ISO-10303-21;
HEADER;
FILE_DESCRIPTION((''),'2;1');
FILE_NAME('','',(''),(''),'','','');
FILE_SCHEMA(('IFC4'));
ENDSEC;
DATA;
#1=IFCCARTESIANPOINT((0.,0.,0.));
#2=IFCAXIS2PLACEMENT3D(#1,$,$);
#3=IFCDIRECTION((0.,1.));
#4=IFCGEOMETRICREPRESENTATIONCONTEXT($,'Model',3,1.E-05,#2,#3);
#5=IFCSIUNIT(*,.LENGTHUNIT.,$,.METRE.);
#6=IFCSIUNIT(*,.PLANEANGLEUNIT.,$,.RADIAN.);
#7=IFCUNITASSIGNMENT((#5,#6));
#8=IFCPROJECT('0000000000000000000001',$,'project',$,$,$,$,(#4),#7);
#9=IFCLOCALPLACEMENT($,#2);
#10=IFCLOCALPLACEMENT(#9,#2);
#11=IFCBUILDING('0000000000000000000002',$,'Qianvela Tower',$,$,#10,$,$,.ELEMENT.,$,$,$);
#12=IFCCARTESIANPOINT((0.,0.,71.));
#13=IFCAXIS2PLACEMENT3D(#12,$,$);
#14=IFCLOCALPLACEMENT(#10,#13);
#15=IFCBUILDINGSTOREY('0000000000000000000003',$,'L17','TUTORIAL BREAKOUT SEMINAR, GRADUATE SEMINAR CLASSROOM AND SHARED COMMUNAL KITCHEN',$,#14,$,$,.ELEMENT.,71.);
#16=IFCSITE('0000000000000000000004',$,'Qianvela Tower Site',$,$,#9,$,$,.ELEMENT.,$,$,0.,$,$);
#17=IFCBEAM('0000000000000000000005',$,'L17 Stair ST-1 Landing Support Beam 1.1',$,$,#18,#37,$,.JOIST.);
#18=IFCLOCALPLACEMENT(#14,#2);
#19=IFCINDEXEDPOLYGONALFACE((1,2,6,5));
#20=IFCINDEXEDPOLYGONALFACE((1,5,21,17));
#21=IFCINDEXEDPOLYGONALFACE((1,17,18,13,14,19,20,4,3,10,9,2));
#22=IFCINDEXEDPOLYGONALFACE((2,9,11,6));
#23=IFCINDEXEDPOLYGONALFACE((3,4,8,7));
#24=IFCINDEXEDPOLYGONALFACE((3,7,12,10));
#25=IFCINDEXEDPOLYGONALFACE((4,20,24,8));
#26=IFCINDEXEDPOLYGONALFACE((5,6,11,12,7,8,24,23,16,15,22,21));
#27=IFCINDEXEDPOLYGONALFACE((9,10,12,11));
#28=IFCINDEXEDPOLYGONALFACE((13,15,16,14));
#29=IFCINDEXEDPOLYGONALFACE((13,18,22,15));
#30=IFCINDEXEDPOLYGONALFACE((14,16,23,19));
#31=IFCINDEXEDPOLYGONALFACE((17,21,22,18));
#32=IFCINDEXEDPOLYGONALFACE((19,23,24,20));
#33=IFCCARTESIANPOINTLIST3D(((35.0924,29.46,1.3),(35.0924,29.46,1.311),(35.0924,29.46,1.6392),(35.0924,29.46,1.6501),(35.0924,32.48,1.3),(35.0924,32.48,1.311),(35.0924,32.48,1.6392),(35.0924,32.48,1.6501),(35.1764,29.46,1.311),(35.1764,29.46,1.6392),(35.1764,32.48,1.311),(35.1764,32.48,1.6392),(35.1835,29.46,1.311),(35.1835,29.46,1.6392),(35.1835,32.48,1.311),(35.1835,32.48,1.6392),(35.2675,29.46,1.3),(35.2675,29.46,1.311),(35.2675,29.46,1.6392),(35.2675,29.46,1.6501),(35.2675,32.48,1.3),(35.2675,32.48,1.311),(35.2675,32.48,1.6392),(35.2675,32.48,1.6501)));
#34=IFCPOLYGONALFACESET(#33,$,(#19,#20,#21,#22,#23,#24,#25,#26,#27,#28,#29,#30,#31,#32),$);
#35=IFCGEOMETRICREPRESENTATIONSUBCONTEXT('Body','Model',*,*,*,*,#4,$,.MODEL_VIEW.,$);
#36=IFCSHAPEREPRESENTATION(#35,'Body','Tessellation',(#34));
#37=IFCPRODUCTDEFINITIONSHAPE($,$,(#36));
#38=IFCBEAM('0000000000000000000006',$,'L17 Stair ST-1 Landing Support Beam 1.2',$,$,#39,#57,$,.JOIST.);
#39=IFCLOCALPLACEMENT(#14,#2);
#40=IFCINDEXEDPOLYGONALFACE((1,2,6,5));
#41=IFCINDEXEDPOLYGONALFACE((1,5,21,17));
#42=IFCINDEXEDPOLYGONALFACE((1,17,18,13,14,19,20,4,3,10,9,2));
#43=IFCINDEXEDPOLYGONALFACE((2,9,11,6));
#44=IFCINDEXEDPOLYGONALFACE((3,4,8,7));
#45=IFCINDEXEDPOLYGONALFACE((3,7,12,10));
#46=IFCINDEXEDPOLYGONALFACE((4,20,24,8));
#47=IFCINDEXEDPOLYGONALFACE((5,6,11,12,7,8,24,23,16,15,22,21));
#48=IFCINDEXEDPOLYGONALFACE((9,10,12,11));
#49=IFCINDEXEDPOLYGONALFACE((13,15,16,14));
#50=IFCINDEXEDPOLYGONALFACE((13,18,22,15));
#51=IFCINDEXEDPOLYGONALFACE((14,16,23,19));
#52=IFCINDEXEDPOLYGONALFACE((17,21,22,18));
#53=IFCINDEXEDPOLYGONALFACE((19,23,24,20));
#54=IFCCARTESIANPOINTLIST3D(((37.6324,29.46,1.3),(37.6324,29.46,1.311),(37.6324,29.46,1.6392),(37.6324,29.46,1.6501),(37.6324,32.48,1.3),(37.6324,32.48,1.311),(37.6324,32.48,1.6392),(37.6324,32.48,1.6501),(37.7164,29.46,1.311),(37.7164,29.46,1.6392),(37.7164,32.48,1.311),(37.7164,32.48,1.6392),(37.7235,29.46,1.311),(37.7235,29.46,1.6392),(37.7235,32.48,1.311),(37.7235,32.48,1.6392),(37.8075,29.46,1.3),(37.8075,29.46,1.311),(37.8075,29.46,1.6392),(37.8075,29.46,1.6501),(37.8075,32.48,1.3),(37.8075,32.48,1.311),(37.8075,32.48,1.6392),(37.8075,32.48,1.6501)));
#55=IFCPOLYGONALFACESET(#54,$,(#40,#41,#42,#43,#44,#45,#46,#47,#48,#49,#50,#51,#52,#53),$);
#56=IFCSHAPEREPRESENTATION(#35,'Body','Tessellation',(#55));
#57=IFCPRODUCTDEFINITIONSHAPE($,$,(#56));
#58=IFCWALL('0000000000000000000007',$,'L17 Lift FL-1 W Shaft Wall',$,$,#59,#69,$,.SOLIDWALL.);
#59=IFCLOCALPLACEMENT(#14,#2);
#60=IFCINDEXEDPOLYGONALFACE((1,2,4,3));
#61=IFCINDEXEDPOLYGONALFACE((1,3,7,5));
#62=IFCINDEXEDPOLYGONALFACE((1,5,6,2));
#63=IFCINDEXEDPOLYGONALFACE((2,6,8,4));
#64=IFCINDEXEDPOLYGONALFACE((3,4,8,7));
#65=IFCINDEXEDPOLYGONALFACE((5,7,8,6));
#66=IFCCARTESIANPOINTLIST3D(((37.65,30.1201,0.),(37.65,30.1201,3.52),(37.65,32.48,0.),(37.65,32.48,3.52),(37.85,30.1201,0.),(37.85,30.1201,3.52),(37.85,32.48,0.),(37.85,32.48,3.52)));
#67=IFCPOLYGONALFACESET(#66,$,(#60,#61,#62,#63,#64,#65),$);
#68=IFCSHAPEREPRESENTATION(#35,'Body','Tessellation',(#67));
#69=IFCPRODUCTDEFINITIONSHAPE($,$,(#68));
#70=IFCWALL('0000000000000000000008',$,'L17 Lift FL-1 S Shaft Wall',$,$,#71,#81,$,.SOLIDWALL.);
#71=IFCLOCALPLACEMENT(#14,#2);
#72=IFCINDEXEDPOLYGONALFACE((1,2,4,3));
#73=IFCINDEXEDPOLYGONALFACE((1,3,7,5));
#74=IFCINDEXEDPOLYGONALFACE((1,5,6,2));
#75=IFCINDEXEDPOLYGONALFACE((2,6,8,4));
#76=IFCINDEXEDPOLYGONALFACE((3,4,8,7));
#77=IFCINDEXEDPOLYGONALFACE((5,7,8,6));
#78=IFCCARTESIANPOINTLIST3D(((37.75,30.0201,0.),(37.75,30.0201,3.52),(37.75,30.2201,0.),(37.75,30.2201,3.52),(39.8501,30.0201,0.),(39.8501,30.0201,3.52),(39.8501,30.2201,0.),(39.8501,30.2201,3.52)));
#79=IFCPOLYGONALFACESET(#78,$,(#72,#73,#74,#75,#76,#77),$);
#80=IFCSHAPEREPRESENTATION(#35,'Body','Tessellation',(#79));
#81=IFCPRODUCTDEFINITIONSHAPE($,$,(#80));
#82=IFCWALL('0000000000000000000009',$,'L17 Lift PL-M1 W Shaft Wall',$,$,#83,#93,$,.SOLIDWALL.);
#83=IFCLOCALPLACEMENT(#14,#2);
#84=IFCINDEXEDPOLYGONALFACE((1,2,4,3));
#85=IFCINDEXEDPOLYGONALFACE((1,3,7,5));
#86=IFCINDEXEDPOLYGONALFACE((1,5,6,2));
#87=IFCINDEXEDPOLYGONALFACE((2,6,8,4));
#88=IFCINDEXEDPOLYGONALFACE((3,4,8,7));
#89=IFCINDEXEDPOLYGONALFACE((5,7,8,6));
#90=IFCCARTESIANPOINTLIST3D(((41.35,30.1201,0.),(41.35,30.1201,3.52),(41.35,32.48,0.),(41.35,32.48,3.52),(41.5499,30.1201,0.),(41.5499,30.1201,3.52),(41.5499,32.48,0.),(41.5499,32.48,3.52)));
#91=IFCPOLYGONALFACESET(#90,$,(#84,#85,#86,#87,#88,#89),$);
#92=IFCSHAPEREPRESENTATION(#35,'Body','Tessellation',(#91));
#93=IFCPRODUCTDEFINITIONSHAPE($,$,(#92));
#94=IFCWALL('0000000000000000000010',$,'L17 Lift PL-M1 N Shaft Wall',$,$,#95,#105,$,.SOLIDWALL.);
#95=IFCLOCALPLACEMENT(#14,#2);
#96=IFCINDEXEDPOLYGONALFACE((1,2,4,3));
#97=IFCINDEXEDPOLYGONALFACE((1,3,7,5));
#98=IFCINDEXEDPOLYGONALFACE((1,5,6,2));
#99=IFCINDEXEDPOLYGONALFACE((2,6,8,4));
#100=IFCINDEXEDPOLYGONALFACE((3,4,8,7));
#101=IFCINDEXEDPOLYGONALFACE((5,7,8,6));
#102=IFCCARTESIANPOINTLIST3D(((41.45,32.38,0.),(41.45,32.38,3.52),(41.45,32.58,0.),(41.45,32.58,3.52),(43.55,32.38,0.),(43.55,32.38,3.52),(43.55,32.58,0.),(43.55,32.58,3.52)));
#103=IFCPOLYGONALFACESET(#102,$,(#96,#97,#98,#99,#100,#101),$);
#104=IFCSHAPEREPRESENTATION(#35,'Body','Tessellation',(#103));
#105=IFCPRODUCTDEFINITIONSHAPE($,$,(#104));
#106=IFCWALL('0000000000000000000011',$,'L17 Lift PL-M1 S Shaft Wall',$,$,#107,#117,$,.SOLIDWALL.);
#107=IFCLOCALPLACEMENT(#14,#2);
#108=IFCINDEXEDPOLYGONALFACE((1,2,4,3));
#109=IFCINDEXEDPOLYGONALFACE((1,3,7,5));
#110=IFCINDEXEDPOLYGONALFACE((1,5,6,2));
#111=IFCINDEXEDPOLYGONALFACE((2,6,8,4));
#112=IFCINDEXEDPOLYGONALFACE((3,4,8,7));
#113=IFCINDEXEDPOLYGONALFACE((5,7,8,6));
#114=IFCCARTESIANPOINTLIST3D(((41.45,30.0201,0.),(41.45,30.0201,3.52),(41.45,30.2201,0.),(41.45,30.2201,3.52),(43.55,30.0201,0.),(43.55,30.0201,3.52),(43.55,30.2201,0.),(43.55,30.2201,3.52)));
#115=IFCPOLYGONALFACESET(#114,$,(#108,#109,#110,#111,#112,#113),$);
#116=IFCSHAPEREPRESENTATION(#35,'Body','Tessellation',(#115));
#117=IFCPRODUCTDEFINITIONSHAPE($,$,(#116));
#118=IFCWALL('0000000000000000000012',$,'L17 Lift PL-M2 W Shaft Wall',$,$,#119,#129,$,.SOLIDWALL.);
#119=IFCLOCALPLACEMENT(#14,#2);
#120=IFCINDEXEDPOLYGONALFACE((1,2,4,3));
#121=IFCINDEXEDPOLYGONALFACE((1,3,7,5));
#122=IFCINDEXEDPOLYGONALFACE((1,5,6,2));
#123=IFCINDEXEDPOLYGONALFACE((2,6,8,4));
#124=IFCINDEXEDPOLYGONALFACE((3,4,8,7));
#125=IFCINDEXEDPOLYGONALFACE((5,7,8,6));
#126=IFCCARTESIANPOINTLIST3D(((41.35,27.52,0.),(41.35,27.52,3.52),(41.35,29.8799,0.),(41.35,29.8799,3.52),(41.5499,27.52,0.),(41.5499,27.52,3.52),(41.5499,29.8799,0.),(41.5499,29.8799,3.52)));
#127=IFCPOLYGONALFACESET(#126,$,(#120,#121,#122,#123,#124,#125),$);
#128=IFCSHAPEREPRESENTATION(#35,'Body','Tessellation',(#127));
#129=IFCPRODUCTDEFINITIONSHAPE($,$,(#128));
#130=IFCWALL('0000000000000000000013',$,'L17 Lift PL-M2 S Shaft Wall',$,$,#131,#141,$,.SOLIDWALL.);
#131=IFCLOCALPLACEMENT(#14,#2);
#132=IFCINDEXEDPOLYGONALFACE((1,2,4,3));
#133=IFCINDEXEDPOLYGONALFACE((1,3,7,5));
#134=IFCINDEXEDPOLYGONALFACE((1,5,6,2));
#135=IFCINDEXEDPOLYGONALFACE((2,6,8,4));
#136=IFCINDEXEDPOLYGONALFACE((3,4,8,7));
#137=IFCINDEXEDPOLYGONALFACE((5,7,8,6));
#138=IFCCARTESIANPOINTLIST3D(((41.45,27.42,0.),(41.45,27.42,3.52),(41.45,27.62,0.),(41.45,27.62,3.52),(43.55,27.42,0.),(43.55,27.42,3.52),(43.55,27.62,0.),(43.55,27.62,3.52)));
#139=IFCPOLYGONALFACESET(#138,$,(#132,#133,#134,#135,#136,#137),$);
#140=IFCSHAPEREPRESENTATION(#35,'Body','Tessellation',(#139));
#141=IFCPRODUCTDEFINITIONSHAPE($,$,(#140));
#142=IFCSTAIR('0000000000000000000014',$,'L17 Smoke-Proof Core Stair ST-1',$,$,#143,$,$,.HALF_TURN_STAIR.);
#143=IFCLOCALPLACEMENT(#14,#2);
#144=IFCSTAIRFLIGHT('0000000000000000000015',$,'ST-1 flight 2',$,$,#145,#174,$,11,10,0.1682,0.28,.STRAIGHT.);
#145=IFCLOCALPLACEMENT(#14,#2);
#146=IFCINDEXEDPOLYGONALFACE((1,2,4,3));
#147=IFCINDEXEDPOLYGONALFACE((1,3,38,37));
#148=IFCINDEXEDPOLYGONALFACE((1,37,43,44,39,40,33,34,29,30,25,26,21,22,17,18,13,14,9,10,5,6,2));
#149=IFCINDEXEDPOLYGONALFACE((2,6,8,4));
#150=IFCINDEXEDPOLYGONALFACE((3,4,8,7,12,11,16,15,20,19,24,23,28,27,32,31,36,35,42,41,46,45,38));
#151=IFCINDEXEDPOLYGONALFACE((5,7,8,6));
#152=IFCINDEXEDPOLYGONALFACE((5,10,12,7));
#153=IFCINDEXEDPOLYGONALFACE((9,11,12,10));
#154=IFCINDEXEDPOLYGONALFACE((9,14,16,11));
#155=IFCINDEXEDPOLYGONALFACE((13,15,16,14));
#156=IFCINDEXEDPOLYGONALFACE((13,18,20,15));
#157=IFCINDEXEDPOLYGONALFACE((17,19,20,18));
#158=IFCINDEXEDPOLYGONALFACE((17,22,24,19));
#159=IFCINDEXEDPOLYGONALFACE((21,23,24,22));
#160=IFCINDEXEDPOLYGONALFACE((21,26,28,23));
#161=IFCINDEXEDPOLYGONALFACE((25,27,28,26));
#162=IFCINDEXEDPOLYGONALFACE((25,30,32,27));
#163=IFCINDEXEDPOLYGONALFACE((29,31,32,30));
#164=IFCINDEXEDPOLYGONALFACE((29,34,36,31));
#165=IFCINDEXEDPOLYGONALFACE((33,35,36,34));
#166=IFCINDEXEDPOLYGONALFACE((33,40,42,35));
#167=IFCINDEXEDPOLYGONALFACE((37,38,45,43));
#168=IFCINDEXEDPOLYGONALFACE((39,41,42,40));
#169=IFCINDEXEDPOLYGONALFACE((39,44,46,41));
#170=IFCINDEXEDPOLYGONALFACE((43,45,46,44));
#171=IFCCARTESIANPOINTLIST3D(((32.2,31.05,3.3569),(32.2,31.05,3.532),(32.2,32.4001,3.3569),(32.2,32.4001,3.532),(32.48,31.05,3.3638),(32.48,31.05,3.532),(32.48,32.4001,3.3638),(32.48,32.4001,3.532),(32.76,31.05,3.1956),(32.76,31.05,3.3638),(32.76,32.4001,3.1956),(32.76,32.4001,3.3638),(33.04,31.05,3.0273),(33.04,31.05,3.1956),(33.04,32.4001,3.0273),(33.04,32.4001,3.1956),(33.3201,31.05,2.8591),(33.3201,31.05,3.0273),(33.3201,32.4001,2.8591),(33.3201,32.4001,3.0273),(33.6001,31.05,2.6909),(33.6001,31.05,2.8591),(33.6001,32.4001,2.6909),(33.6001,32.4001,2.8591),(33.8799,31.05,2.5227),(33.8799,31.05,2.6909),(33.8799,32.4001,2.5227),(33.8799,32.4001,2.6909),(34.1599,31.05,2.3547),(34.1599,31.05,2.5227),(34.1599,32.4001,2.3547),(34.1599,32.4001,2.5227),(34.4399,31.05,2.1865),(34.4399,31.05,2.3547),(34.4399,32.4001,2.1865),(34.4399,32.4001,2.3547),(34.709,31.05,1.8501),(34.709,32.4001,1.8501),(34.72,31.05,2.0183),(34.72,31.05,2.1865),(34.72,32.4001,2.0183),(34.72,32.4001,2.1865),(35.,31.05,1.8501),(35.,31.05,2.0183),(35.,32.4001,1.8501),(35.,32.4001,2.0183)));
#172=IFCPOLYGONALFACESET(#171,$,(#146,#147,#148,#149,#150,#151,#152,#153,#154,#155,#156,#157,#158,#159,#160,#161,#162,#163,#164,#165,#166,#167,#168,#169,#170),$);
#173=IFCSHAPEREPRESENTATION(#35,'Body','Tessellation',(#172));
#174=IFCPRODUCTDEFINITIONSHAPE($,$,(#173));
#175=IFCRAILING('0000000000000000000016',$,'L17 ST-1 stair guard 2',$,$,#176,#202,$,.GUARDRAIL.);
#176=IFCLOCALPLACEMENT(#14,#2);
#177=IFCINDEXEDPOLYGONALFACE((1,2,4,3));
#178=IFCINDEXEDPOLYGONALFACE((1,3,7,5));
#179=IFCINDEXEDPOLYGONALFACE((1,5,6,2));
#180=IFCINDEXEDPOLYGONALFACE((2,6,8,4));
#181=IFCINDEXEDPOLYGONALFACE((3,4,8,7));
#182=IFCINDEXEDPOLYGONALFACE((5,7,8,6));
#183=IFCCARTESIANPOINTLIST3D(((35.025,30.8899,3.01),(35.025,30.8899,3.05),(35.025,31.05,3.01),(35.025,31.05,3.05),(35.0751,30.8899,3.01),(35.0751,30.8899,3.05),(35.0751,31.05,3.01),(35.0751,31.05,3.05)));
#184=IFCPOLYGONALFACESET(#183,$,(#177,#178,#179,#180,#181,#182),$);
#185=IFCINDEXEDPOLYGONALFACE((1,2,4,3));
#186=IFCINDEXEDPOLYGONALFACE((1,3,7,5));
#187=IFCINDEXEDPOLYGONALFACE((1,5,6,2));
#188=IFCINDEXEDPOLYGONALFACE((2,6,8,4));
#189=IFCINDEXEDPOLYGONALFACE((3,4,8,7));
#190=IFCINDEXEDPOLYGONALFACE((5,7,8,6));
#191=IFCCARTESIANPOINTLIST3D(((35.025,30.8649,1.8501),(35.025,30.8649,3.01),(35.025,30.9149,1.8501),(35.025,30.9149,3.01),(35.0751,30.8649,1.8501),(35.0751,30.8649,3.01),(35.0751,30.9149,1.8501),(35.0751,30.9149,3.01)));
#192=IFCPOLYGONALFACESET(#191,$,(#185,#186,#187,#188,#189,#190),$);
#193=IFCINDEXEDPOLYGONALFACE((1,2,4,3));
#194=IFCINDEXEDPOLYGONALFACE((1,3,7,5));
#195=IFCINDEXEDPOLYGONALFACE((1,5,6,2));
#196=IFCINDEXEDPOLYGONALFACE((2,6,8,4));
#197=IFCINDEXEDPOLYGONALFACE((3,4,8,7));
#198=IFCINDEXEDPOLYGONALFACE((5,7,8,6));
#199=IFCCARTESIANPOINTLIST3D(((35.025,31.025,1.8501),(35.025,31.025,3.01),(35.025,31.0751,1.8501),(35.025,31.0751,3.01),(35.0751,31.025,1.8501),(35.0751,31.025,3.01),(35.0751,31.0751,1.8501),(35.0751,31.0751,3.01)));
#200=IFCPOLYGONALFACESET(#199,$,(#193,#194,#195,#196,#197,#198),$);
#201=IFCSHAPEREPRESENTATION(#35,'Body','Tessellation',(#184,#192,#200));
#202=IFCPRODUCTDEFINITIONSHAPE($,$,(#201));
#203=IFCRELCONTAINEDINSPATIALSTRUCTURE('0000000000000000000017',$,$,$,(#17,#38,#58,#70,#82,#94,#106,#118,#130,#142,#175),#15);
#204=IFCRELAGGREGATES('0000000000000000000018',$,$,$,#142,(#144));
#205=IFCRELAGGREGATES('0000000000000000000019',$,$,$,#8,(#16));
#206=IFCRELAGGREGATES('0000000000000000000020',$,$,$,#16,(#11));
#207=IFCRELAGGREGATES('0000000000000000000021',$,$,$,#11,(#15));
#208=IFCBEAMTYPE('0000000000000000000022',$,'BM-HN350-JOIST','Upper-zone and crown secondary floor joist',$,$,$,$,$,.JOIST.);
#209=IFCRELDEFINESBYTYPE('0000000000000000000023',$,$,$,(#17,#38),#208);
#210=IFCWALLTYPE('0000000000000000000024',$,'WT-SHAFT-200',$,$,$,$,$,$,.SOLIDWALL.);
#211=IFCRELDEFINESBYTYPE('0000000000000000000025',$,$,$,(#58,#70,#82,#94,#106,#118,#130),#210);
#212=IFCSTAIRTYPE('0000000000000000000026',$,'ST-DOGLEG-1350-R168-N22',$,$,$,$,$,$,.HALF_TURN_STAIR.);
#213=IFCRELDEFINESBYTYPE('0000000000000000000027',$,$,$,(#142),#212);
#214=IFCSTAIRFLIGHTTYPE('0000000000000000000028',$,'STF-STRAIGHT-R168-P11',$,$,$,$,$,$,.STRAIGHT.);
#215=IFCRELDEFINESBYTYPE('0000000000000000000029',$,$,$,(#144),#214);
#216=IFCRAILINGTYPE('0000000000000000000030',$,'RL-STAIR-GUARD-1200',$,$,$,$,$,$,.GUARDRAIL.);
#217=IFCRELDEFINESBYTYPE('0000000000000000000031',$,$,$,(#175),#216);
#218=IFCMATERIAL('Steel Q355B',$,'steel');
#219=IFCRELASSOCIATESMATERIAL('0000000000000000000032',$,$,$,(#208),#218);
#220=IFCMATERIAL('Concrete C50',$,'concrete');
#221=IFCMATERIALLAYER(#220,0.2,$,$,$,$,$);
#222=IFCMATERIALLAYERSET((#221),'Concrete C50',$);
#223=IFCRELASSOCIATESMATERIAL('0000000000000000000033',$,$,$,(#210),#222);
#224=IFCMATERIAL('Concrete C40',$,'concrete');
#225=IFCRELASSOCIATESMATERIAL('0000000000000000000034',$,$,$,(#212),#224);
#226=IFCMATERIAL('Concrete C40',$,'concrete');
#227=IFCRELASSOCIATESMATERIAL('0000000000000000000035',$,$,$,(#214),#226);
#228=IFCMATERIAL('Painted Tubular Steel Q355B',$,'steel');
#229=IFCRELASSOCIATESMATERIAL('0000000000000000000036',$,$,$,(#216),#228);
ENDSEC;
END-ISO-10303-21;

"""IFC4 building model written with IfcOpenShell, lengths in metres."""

from ifc_helpers import new_model, si_unit, direction, frame, frame_2d, origin, origin_2d, place, context, subcontext, project, spatial, polyline, rectangle, i_section, outline, extrude, material, layer, layer_set, material_profile, profile_set, type_object, element, aggregate, save


model = new_model("IFC4")

# Units and contexts
model_context = context("Model", 3, precision=1e-05, world=origin(), true_north=direction((0.0, 1.0)))
body_context = subcontext(model_context, "Body", "Model", "MODEL_VIEW")
ifc_project = project(units=[si_unit("LENGTHUNIT", "METRE"), si_unit("PLANEANGLEUNIT", "RADIAN")], contexts=[model_context])

# Site, building, storey
site_placement = place(None, origin())
site = spatial("IfcSite", under=ifc_project, at=site_placement, Name="Qianvela Tower Site", CompositionType="ELEMENT", RefElevation=0.0)
building_placement = place(site_placement, origin())
building = spatial("IfcBuilding", under=site, at=building_placement, Name="Qianvela Tower", CompositionType="ELEMENT")
storey_placement = place(building_placement, frame((0.0, 0.0, 71.0)))
storey = spatial("IfcBuildingStorey", under=building, at=storey_placement, Name="L17", Description="TUTORIAL BREAKOUT SEMINAR, GRADUATE SEMINAR CLASSROOM AND SHARED COMMUNAL KITCHEN", CompositionType="ELEMENT", Elevation=71.0)

# Beams
ifc_material_1 = material(Name="Steel Q355B", Category="steel")
ifc_material_profile = material_profile(ifc_material_1, i_section(OverallWidth=0.175, OverallDepth=0.3501, WebThickness=0.0071, FlangeThickness=0.011, at=origin_2d()), Name="HN350x175x7x11")
ifc_profile_set = profile_set([ifc_material_profile], Name="Steel Q355B")
beam_type = type_object("IfcBeamType", Name="BM-HN350-JOIST", Description="Upper-zone and crown secondary floor joist", PredefinedType="JOIST", material=ifc_profile_set)
for number, where, z_axis, x_axis, name in (
    (1, (35.1799, 29.46, 1.4751), (0.0, 1.0, 0.0), (-1.0, 0.0, 0.0), "L17 Stair ST-1 Landing Support Beam 1.1"),
    (2, (37.72, 29.46, 1.4751), (0.0, 1.0, 0.0), (-1.0, 0.0, 0.0), "L17 Stair ST-1 Landing Support Beam 1.2"),
):
    element("IfcBeam", number, at=place(storey_placement, frame(where, z_axis=z_axis, x_axis=x_axis)), inside=storey, type_object=beam_type, Name=name, PredefinedType="JOIST", context=body_context, shape_type="SweptSolid", body=[
        extrude(i_section(OverallWidth=0.175, OverallDepth=0.3501, WebThickness=0.0071, FlangeThickness=0.011, at=origin_2d()), origin(), (0.0, 0.0, 1.0), 3.02),
    ])

# Shared definitions
ifc_material_2 = material(Name="Concrete C50", Category="concrete")
ifc_layer = layer(ifc_material_2, 0.2)
ifc_layer_set = layer_set([ifc_layer], Name="Concrete C50")
wall_type = type_object("IfcWallType", Name="WT-SHAFT-200", PredefinedType="SOLIDWALL", material=ifc_layer_set)

# Walls
wall_1_placement = place(storey_placement, frame((37.75, 30.1201, 0.0), z_axis=(0.0, 0.0, 1.0), x_axis=(0.0, 1.0, 0.0)))
element("IfcWall", 3, at=wall_1_placement, inside=storey, type_object=wall_type, Name="L17 Lift FL-1 W Shaft Wall", PredefinedType="SOLIDWALL", context=body_context, shape_type="SweptSolid", body=[
    extrude(rectangle(XDim=2.3599, YDim=0.2, at=frame_2d((1.1799, 0.0))), origin(), (0.0, 0.0, 1.0), 3.52),
])
wall_2_placement = place(storey_placement, frame((37.75, 30.1201, 0.0), z_axis=(0.0, 0.0, 1.0), x_axis=(1.0, 0.0, 0.0)))
element("IfcWall", 4, at=wall_2_placement, inside=storey, type_object=wall_type, Name="L17 Lift FL-1 S Shaft Wall", PredefinedType="SOLIDWALL", context=body_context, shape_type="SweptSolid", body=[
    extrude(rectangle(XDim=2.1001, YDim=0.2, at=frame_2d((1.05, 0.0))), origin(), (0.0, 0.0, 1.0), 3.52),
])
wall_3_placement = place(storey_placement, frame((41.45, 30.1201, 0.0), z_axis=(0.0, 0.0, 1.0), x_axis=(0.0, 1.0, 0.0)))
element("IfcWall", 5, at=wall_3_placement, inside=storey, type_object=wall_type, Name="L17 Lift PL-M1 W Shaft Wall", PredefinedType="SOLIDWALL", context=body_context, shape_type="SweptSolid", body=[
    extrude(rectangle(XDim=2.3599, YDim=0.2, at=frame_2d((1.1799, 0.0))), origin(), (0.0, 0.0, 1.0), 3.52),
])
for number, where, z_axis, x_axis, name in (
    (6, (41.45, 32.48, 0.0), (0.0, 0.0, 1.0), (1.0, 0.0, 0.0), "L17 Lift PL-M1 N Shaft Wall"),
    (7, (41.45, 30.1201, 0.0), (0.0, 0.0, 1.0), (1.0, 0.0, 0.0), "L17 Lift PL-M1 S Shaft Wall"),
):
    element("IfcWall", number, at=place(storey_placement, frame(where, z_axis=z_axis, x_axis=x_axis)), inside=storey, type_object=wall_type, Name=name, PredefinedType="SOLIDWALL", context=body_context, shape_type="SweptSolid", body=[
        extrude(rectangle(XDim=2.1001, YDim=0.2, at=frame_2d((1.05, 0.0))), origin(), (0.0, 0.0, 1.0), 3.52),
    ])
wall_4_placement = place(storey_placement, frame((41.45, 27.52, 0.0), z_axis=(0.0, 0.0, 1.0), x_axis=(0.0, 1.0, 0.0)))
element("IfcWall", 8, at=wall_4_placement, inside=storey, type_object=wall_type, Name="L17 Lift PL-M2 W Shaft Wall", PredefinedType="SOLIDWALL", context=body_context, shape_type="SweptSolid", body=[
    extrude(rectangle(XDim=2.3599, YDim=0.2, at=frame_2d((1.1799, 0.0))), origin(), (0.0, 0.0, 1.0), 3.52),
])
wall_5_placement = place(storey_placement, frame((41.45, 27.52, 0.0), z_axis=(0.0, 0.0, 1.0), x_axis=(1.0, 0.0, 0.0)))
element("IfcWall", 9, at=wall_5_placement, inside=storey, type_object=wall_type, Name="L17 Lift PL-M2 S Shaft Wall", PredefinedType="SOLIDWALL", context=body_context, shape_type="SweptSolid", body=[
    extrude(rectangle(XDim=2.1001, YDim=0.2, at=frame_2d((1.05, 0.0))), origin(), (0.0, 0.0, 1.0), 3.52),
])

# Stair, stair flight
ifc_material_3 = material(Name="Concrete C40", Category="concrete")
stair_type = type_object("IfcStairType", Name="ST-DOGLEG-1350-R168-N22", PredefinedType="HALF_TURN_STAIR", material=ifc_material_3)
stair_placement = place(storey_placement, origin())
stair = element("IfcStair", 10, at=stair_placement, inside=storey, type_object=stair_type, Name="L17 Smoke-Proof Core Stair ST-1", PredefinedType="HALF_TURN_STAIR")
ifc_material_4 = material(Name="Concrete C40", Category="concrete")
stair_flight_type = type_object("IfcStairFlightType", Name="STF-STRAIGHT-R168-P11", PredefinedType="STRAIGHT", material=ifc_material_4)
stair_flight_placement = place(storey_placement, frame((35.0, 31.7251, 1.8501), z_axis=(0.0, 0.0, 1.0), x_axis=(-1.0, 0.0, 0.0)))
stair_flight = element("IfcStairFlight", 11, at=stair_flight_placement, type_object=stair_flight_type, Name="ST-1 flight 2", NumberOfRisers=11, NumberOfTreads=10, PredefinedType="STRAIGHT", RiserHeight=0.1682, TreadLength=0.28, context=body_context, shape_type="SweptSolid", body=[
    extrude(outline(polyline([(0.0, 0.0), (0.0, 0.1682), (0.28, 0.1682), (0.28, 0.3364), (0.5601, 0.3364), (0.5601, 0.5046), (0.8401, 0.5046), (0.8401, 0.6726), (1.1201, 0.6726), (1.1201, 0.8408), (1.3999, 0.8408), (1.3999, 1.009), (1.6799, 1.009), (1.6799, 1.1772), (1.96, 1.1772), (1.96, 1.3455), (2.24, 1.3455), (2.24, 1.5137), (2.52, 1.5137), (2.52, 1.6819), (2.8, 1.6819), (2.8, 1.8501), (2.8, 1.5068), (0.291, 0.0), (0.0, 0.0)])), frame((0.0, 0.675, 0.0), z_axis=(0.0, -1.0, 0.0), x_axis=(1.0, 0.0, 0.0)), (0.0, 0.0, 1.0), 1.3501),
])
aggregate(stair, [stair_flight])

# Railing
ifc_material_5 = material(Name="Painted Tubular Steel Q355B", Category="steel")
railing_type_1 = type_object("IfcRailingType", Name="RL-STAIR-GUARD-1200", PredefinedType="GUARDRAIL", material=ifc_material_5)
railing_1_placement = place(storey_placement, frame((35.05, 30.8899, 1.8501)))
element("IfcRailing", 12, at=railing_1_placement, inside=storey, type_object=railing_type_1, Name="L17 ST-1 stair guard 2", PredefinedType="GUARDRAIL", context=body_context, shape_type="SweptSolid", body=[
    extrude(rectangle(XDim=0.05, YDim=0.04, at=origin_2d()), frame((0.0, 0.0, 1.1799), z_axis=(0.0, 1.0, 0.0), x_axis=(-1.0, 0.0, 0.0)), (0.0, 0.0, 1.0), 0.1602),
    extrude(rectangle(XDim=0.05, YDim=0.05, at=origin_2d()), origin(), (0.0, 0.0, 1.0), 1.1599),
    extrude(rectangle(XDim=0.05, YDim=0.05, at=origin_2d()), frame((0.0, 0.1602, 0.0)), (0.0, 0.0, 1.0), 1.1599),
])

save(model, "model.ifc")
